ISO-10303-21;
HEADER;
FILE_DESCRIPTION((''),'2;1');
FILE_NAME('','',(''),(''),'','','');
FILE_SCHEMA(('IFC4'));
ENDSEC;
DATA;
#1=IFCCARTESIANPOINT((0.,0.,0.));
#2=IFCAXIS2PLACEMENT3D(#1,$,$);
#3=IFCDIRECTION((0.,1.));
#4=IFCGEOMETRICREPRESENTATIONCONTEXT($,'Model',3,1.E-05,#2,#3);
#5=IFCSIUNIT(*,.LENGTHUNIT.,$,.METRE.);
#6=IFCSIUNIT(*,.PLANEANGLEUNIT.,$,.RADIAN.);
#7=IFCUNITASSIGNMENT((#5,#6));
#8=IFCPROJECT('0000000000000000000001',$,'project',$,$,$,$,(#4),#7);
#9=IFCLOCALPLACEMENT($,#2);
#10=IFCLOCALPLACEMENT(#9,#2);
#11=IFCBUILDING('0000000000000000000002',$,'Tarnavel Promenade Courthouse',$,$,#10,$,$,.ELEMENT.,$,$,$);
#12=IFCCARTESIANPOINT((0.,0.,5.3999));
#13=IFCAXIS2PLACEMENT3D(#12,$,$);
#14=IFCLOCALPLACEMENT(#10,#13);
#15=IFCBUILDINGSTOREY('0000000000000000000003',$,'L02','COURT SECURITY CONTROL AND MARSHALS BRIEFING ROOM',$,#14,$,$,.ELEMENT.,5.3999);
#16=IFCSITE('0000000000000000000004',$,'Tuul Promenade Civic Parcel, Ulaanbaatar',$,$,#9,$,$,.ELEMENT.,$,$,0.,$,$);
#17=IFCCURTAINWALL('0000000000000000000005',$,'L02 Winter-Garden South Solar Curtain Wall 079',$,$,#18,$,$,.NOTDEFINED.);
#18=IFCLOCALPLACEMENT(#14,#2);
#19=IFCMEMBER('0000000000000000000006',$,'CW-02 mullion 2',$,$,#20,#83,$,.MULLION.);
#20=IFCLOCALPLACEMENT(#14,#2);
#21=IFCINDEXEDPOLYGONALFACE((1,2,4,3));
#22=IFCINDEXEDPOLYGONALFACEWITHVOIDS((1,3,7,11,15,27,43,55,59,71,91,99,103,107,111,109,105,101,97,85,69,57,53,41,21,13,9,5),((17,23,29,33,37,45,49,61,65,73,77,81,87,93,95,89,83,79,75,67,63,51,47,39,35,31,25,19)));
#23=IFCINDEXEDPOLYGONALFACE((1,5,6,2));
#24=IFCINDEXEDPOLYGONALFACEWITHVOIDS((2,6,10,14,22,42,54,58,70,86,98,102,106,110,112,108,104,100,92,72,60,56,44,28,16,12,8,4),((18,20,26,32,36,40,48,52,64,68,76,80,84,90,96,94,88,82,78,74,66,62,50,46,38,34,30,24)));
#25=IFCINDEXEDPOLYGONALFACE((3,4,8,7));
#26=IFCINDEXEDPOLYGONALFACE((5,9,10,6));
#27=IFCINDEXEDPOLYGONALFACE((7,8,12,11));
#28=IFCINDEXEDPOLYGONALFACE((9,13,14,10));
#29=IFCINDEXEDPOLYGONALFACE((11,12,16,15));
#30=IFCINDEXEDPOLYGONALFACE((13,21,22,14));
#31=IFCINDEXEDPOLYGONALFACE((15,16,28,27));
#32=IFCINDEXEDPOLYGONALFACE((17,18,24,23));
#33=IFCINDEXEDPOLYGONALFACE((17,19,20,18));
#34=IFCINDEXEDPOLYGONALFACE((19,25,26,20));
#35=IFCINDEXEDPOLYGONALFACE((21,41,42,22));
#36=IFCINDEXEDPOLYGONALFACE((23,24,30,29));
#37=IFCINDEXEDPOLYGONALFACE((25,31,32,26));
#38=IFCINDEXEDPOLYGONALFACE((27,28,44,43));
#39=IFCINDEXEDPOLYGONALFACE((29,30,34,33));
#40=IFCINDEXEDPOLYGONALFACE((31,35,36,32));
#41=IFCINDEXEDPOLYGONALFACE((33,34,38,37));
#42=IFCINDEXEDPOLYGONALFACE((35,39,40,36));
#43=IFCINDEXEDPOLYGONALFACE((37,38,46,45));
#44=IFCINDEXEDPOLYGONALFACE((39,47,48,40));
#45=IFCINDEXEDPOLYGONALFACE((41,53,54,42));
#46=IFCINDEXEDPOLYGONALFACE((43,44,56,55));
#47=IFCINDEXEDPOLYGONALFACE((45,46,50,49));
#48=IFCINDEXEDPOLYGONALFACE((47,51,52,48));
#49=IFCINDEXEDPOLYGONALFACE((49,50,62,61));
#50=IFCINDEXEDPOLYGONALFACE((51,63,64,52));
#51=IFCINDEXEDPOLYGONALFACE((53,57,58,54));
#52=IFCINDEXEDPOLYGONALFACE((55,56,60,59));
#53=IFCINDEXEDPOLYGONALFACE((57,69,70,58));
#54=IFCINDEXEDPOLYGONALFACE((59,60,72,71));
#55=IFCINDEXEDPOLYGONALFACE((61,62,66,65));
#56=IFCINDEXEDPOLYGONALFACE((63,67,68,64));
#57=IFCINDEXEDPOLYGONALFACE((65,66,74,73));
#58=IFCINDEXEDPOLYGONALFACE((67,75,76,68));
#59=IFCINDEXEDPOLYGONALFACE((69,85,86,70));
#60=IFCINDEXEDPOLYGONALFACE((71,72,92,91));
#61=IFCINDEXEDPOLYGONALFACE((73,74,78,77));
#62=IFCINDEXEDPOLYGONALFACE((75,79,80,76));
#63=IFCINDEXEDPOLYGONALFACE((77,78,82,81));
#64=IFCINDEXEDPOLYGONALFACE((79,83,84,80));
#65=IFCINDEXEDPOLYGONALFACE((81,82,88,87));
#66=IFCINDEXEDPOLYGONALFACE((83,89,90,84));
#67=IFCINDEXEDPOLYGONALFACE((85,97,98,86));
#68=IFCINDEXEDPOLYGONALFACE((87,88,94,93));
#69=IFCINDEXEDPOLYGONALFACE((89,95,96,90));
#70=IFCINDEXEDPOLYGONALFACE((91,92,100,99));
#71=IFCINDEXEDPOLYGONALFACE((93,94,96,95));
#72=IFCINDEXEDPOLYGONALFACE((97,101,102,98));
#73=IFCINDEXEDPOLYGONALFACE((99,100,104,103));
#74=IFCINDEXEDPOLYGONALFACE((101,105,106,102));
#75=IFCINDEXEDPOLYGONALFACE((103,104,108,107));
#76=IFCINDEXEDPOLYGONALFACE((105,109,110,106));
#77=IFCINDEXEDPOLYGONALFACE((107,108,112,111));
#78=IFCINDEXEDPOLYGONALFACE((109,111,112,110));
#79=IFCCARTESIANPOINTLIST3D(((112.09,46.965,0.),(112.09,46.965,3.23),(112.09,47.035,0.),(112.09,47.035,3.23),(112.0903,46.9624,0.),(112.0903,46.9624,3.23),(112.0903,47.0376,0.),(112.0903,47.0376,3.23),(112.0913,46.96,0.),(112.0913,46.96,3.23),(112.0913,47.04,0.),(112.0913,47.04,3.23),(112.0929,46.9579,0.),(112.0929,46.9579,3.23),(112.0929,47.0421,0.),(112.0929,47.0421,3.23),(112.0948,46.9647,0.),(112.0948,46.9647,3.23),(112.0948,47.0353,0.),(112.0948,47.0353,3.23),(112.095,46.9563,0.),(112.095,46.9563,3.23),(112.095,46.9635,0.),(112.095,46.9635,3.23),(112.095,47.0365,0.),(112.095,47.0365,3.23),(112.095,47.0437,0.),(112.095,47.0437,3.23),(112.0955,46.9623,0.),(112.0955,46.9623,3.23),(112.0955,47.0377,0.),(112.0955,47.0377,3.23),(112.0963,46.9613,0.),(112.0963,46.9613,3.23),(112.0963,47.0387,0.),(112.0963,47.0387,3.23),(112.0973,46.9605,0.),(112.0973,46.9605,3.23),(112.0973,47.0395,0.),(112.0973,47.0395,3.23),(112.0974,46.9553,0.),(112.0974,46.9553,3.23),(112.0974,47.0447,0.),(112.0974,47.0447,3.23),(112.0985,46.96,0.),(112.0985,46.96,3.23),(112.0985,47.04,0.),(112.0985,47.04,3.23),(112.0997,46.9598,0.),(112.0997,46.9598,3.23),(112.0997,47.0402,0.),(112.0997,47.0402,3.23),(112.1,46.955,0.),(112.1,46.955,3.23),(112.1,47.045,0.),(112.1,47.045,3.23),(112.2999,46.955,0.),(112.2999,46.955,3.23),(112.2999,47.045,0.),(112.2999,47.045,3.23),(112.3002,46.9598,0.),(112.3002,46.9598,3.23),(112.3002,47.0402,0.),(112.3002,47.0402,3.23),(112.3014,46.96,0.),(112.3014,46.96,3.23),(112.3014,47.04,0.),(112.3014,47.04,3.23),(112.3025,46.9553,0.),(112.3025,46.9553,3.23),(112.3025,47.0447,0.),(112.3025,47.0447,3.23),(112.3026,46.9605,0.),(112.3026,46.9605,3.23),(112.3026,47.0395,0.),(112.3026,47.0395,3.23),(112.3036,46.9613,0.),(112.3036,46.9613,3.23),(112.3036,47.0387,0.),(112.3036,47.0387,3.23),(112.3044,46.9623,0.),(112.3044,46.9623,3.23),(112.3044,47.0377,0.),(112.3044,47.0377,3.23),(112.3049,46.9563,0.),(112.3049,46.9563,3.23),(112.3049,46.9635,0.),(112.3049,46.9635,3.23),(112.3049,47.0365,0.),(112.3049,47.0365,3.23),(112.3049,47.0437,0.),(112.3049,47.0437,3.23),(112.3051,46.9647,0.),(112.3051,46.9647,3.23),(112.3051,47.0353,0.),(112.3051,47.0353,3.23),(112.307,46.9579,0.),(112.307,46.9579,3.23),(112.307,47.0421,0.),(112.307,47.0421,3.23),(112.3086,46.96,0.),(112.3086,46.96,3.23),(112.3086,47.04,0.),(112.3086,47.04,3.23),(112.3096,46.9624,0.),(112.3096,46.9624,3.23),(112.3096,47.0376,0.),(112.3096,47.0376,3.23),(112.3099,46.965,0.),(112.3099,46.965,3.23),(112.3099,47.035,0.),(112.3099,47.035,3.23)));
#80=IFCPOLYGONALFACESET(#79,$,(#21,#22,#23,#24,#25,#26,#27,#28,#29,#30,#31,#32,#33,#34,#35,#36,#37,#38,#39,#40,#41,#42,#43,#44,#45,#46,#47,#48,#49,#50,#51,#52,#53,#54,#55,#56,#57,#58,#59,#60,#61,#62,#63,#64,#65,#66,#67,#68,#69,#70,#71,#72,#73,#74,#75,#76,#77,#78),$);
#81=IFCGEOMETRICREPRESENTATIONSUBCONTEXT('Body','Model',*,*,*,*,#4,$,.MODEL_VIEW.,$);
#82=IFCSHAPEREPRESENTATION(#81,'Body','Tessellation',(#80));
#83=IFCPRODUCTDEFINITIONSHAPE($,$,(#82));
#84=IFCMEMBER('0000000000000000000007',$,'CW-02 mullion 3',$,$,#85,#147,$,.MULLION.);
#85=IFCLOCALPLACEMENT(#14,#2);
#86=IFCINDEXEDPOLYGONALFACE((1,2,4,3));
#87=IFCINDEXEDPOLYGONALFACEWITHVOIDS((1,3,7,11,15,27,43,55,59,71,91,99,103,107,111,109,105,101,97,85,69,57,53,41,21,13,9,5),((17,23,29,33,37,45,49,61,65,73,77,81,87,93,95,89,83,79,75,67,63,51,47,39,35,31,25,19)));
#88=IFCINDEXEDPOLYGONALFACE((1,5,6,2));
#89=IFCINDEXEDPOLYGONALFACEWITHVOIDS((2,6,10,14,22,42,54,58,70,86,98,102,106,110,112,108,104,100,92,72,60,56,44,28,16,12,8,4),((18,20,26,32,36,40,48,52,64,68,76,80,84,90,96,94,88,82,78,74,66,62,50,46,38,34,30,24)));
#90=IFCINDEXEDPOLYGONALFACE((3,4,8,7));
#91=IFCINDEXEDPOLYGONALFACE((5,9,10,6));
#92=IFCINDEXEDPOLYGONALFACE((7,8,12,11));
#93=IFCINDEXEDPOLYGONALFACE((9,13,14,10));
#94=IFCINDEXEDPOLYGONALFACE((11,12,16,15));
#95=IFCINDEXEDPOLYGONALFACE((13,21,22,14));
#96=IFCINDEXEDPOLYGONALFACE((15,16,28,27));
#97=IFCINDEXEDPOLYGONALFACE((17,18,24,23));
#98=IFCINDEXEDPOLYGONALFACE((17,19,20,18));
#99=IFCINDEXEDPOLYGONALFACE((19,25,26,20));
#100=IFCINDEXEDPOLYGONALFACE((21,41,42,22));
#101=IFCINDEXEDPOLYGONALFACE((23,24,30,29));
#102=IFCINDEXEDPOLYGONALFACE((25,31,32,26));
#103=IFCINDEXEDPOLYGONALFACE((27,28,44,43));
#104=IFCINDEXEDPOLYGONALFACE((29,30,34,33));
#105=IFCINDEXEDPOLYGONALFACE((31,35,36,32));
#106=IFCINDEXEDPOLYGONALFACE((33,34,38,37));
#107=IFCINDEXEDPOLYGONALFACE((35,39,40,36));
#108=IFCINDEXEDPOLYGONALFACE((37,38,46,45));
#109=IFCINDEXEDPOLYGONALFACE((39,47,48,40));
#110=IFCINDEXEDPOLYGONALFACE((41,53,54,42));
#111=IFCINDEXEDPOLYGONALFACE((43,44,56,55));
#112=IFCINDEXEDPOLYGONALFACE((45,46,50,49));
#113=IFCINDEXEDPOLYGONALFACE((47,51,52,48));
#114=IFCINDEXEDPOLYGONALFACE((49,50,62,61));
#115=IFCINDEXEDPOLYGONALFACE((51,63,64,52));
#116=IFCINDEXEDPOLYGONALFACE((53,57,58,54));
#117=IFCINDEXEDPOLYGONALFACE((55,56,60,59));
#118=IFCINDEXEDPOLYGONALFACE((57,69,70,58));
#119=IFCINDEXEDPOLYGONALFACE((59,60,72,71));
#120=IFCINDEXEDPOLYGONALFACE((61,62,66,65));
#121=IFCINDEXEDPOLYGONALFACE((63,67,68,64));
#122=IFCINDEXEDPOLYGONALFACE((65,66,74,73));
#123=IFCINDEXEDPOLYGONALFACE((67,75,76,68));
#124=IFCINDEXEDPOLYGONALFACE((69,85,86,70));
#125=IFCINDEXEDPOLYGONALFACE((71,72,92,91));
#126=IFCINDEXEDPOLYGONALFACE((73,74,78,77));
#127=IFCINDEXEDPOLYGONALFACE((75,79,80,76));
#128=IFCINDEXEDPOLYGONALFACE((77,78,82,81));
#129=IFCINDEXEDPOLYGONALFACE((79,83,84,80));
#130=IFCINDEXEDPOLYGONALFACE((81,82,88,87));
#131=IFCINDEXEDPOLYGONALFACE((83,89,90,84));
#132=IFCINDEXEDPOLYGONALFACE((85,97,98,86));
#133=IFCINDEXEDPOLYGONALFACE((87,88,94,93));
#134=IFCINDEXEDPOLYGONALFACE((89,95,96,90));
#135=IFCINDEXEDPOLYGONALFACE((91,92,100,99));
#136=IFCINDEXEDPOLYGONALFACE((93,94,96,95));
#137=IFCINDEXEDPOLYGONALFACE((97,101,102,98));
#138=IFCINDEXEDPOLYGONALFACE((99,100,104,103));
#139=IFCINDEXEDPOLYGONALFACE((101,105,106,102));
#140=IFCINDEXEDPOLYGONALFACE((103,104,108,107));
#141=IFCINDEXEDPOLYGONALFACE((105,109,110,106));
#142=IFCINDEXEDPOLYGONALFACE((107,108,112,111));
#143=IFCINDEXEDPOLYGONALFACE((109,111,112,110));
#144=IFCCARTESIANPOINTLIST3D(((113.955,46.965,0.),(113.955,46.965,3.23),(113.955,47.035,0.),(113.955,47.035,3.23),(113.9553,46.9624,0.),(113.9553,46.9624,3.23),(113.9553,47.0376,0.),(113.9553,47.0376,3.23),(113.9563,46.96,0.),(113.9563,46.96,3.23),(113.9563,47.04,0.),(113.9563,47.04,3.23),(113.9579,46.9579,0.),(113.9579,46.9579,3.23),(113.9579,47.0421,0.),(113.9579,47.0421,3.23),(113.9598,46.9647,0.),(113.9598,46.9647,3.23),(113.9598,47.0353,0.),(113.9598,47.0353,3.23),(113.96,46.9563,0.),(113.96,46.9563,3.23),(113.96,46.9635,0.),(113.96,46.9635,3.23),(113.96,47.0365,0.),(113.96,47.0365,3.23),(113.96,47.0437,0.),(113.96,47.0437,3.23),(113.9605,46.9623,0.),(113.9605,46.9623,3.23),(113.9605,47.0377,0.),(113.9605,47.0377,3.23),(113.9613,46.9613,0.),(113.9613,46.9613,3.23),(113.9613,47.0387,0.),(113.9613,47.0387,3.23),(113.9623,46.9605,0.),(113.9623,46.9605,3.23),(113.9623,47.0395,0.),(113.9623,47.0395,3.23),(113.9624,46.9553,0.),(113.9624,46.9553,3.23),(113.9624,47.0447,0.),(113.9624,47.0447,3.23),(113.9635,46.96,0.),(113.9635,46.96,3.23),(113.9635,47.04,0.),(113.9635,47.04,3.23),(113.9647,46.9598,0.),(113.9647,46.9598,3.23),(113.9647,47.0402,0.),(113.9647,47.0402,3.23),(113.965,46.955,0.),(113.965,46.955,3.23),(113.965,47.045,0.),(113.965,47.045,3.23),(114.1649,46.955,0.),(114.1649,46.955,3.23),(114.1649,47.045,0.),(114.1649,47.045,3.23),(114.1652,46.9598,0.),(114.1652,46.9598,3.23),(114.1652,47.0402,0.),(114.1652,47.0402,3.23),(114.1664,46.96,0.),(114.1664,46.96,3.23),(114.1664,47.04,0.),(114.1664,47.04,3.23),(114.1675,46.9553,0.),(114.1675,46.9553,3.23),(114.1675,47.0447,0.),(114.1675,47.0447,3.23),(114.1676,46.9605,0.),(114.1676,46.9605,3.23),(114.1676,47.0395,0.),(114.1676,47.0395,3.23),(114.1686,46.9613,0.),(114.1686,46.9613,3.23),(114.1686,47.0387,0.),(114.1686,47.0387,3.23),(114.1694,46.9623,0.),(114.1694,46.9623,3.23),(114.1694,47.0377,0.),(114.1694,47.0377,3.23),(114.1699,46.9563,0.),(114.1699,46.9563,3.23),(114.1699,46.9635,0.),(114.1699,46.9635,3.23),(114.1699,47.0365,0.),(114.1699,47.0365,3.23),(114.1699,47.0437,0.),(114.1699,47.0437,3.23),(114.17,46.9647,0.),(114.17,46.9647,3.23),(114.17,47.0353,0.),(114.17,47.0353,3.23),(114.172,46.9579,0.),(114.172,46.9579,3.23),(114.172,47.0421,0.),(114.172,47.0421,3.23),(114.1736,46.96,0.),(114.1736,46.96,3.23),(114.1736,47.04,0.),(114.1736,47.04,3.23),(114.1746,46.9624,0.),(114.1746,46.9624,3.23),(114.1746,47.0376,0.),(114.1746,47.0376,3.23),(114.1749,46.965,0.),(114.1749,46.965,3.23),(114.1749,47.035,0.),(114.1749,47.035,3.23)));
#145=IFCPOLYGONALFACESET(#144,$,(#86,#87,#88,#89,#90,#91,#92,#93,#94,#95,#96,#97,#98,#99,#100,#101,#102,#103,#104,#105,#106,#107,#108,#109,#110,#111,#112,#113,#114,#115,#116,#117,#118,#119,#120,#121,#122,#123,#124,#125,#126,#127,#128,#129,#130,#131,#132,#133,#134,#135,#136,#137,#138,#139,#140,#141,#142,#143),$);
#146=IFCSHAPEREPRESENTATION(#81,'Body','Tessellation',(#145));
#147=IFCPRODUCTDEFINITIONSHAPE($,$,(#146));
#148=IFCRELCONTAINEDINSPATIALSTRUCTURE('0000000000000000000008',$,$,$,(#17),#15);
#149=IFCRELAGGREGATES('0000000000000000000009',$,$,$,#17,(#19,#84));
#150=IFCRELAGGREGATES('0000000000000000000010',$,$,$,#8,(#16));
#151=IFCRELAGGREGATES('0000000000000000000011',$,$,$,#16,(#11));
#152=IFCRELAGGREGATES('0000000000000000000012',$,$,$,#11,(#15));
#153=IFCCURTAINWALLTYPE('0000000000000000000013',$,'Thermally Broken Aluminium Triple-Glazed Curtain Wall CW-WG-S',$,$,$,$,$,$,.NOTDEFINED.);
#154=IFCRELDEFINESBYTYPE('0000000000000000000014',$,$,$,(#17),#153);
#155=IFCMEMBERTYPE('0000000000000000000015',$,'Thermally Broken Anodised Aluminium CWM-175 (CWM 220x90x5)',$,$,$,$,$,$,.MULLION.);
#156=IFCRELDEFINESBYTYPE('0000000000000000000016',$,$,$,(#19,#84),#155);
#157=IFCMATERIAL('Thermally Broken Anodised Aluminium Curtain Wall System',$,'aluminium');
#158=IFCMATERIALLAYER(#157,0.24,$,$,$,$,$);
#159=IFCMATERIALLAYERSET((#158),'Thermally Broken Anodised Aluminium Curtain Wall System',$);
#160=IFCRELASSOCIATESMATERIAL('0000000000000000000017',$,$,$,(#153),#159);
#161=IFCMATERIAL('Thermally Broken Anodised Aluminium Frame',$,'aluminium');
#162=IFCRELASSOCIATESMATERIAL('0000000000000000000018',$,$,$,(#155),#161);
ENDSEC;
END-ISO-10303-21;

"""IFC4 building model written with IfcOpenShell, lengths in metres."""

from ifc_helpers import new_model, si_unit, direction, frame, origin, origin_2d, place, context, subcontext, project, spatial, hollow_rectangle, extrude, material, layer, layer_set, material_profile, profile_set, type_object, element, aggregate, save


model = new_model("IFC4")

# Units and contexts
model_context = context("Model", 3, precision=1e-05, world=origin(), true_north=direction((0.0, 1.0)))
body_context = subcontext(model_context, "Body", "Model", "MODEL_VIEW")
ifc_project = project(units=[si_unit("LENGTHUNIT", "METRE"), si_unit("PLANEANGLEUNIT", "RADIAN")], contexts=[model_context])

# Site, building, storey
site_placement = place(None, origin())
site = spatial("IfcSite", under=ifc_project, at=site_placement, Name="Tuul Promenade Civic Parcel, Ulaanbaatar", CompositionType="ELEMENT", RefElevation=0.0)
building_placement = place(site_placement, origin())
building = spatial("IfcBuilding", under=site, at=building_placement, Name="Tarnavel Promenade Courthouse", CompositionType="ELEMENT")
storey_placement = place(building_placement, frame((0.0, 0.0, 5.3999)))
storey = spatial("IfcBuildingStorey", under=building, at=storey_placement, Name="L02", Description="COURT SECURITY CONTROL AND MARSHALS BRIEFING ROOM", CompositionType="ELEMENT", Elevation=5.3999)

# Curtain wall, members
ifc_material_1 = material(Name="Thermally Broken Anodised Aluminium Curtain Wall System", Category="aluminium")
ifc_layer_1 = layer(ifc_material_1, 0.24)
ifc_layer_set_1 = layer_set([ifc_layer_1], Name="Thermally Broken Anodised Aluminium Curtain Wall System")
curtain_wall_type = type_object("IfcCurtainWallType", Name="Thermally Broken Aluminium Triple-Glazed Curtain Wall CW-WG-S", PredefinedType="NOTDEFINED", material=ifc_layer_set_1)
ifc_material_2 = material(Name="Thermally Broken Anodised Aluminium Frame", Category="aluminium")
ifc_material_profile_1 = material_profile(ifc_material_2, hollow_rectangle(XDim=0.0901, YDim=0.22, WallThickness=0.0049, InnerFilletRadius=0.0049, OuterFilletRadius=0.01, at=origin_2d()), Name="CWM 220x90x5")
ifc_profile_set_1 = profile_set([ifc_material_profile_1], Name="Thermally Broken Anodised Aluminium Frame")
member_type_1 = type_object("IfcMemberType", Name="Thermally Broken Anodised Aluminium CWM-175 (CWM 220x90x5)", PredefinedType="MULLION", material=ifc_profile_set_1)
curtain_wall_1_placement = place(storey_placement, origin())
curtain_wall_1 = element("IfcCurtainWall", 1, at=curtain_wall_1_placement, inside=storey, type_object=curtain_wall_type, Name="L02 Winter-Garden South Solar Curtain Wall 079", PredefinedType="NOTDEFINED")
member_1_placement = place(storey_placement, frame((112.2, 47.0, 0.0), z_axis=(0.0, 0.0, 1.0), x_axis=(0.0, 1.0, 0.0)))
member_1 = element("IfcMember", 2, at=member_1_placement, type_object=member_type_1, Name="CW-02 mullion 2", PredefinedType="MULLION", context=body_context, shape_type="SweptSolid", body=[
    extrude(hollow_rectangle(XDim=0.0901, YDim=0.22, WallThickness=0.0049, InnerFilletRadius=0.0049, OuterFilletRadius=0.01, at=origin_2d()), origin(), (0.0, 0.0, 1.0), 3.23),
])
member_2_placement = place(storey_placement, frame((114.0649, 47.0, 0.0), z_axis=(0.0, 0.0, 1.0), x_axis=(0.0, 1.0, 0.0)))
member_2 = element("IfcMember", 3, at=member_2_placement, type_object=member_type_1, Name="CW-02 mullion 3", PredefinedType="MULLION", context=body_context, shape_type="SweptSolid", body=[
    extrude(hollow_rectangle(XDim=0.0901, YDim=0.22, WallThickness=0.0049, InnerFilletRadius=0.0049, OuterFilletRadius=0.01, at=origin_2d()), origin(), (0.0, 0.0, 1.0), 3.23),
])

aggregate(curtain_wall_1, [member_1, member_2])

save(model, "model.ifc")
